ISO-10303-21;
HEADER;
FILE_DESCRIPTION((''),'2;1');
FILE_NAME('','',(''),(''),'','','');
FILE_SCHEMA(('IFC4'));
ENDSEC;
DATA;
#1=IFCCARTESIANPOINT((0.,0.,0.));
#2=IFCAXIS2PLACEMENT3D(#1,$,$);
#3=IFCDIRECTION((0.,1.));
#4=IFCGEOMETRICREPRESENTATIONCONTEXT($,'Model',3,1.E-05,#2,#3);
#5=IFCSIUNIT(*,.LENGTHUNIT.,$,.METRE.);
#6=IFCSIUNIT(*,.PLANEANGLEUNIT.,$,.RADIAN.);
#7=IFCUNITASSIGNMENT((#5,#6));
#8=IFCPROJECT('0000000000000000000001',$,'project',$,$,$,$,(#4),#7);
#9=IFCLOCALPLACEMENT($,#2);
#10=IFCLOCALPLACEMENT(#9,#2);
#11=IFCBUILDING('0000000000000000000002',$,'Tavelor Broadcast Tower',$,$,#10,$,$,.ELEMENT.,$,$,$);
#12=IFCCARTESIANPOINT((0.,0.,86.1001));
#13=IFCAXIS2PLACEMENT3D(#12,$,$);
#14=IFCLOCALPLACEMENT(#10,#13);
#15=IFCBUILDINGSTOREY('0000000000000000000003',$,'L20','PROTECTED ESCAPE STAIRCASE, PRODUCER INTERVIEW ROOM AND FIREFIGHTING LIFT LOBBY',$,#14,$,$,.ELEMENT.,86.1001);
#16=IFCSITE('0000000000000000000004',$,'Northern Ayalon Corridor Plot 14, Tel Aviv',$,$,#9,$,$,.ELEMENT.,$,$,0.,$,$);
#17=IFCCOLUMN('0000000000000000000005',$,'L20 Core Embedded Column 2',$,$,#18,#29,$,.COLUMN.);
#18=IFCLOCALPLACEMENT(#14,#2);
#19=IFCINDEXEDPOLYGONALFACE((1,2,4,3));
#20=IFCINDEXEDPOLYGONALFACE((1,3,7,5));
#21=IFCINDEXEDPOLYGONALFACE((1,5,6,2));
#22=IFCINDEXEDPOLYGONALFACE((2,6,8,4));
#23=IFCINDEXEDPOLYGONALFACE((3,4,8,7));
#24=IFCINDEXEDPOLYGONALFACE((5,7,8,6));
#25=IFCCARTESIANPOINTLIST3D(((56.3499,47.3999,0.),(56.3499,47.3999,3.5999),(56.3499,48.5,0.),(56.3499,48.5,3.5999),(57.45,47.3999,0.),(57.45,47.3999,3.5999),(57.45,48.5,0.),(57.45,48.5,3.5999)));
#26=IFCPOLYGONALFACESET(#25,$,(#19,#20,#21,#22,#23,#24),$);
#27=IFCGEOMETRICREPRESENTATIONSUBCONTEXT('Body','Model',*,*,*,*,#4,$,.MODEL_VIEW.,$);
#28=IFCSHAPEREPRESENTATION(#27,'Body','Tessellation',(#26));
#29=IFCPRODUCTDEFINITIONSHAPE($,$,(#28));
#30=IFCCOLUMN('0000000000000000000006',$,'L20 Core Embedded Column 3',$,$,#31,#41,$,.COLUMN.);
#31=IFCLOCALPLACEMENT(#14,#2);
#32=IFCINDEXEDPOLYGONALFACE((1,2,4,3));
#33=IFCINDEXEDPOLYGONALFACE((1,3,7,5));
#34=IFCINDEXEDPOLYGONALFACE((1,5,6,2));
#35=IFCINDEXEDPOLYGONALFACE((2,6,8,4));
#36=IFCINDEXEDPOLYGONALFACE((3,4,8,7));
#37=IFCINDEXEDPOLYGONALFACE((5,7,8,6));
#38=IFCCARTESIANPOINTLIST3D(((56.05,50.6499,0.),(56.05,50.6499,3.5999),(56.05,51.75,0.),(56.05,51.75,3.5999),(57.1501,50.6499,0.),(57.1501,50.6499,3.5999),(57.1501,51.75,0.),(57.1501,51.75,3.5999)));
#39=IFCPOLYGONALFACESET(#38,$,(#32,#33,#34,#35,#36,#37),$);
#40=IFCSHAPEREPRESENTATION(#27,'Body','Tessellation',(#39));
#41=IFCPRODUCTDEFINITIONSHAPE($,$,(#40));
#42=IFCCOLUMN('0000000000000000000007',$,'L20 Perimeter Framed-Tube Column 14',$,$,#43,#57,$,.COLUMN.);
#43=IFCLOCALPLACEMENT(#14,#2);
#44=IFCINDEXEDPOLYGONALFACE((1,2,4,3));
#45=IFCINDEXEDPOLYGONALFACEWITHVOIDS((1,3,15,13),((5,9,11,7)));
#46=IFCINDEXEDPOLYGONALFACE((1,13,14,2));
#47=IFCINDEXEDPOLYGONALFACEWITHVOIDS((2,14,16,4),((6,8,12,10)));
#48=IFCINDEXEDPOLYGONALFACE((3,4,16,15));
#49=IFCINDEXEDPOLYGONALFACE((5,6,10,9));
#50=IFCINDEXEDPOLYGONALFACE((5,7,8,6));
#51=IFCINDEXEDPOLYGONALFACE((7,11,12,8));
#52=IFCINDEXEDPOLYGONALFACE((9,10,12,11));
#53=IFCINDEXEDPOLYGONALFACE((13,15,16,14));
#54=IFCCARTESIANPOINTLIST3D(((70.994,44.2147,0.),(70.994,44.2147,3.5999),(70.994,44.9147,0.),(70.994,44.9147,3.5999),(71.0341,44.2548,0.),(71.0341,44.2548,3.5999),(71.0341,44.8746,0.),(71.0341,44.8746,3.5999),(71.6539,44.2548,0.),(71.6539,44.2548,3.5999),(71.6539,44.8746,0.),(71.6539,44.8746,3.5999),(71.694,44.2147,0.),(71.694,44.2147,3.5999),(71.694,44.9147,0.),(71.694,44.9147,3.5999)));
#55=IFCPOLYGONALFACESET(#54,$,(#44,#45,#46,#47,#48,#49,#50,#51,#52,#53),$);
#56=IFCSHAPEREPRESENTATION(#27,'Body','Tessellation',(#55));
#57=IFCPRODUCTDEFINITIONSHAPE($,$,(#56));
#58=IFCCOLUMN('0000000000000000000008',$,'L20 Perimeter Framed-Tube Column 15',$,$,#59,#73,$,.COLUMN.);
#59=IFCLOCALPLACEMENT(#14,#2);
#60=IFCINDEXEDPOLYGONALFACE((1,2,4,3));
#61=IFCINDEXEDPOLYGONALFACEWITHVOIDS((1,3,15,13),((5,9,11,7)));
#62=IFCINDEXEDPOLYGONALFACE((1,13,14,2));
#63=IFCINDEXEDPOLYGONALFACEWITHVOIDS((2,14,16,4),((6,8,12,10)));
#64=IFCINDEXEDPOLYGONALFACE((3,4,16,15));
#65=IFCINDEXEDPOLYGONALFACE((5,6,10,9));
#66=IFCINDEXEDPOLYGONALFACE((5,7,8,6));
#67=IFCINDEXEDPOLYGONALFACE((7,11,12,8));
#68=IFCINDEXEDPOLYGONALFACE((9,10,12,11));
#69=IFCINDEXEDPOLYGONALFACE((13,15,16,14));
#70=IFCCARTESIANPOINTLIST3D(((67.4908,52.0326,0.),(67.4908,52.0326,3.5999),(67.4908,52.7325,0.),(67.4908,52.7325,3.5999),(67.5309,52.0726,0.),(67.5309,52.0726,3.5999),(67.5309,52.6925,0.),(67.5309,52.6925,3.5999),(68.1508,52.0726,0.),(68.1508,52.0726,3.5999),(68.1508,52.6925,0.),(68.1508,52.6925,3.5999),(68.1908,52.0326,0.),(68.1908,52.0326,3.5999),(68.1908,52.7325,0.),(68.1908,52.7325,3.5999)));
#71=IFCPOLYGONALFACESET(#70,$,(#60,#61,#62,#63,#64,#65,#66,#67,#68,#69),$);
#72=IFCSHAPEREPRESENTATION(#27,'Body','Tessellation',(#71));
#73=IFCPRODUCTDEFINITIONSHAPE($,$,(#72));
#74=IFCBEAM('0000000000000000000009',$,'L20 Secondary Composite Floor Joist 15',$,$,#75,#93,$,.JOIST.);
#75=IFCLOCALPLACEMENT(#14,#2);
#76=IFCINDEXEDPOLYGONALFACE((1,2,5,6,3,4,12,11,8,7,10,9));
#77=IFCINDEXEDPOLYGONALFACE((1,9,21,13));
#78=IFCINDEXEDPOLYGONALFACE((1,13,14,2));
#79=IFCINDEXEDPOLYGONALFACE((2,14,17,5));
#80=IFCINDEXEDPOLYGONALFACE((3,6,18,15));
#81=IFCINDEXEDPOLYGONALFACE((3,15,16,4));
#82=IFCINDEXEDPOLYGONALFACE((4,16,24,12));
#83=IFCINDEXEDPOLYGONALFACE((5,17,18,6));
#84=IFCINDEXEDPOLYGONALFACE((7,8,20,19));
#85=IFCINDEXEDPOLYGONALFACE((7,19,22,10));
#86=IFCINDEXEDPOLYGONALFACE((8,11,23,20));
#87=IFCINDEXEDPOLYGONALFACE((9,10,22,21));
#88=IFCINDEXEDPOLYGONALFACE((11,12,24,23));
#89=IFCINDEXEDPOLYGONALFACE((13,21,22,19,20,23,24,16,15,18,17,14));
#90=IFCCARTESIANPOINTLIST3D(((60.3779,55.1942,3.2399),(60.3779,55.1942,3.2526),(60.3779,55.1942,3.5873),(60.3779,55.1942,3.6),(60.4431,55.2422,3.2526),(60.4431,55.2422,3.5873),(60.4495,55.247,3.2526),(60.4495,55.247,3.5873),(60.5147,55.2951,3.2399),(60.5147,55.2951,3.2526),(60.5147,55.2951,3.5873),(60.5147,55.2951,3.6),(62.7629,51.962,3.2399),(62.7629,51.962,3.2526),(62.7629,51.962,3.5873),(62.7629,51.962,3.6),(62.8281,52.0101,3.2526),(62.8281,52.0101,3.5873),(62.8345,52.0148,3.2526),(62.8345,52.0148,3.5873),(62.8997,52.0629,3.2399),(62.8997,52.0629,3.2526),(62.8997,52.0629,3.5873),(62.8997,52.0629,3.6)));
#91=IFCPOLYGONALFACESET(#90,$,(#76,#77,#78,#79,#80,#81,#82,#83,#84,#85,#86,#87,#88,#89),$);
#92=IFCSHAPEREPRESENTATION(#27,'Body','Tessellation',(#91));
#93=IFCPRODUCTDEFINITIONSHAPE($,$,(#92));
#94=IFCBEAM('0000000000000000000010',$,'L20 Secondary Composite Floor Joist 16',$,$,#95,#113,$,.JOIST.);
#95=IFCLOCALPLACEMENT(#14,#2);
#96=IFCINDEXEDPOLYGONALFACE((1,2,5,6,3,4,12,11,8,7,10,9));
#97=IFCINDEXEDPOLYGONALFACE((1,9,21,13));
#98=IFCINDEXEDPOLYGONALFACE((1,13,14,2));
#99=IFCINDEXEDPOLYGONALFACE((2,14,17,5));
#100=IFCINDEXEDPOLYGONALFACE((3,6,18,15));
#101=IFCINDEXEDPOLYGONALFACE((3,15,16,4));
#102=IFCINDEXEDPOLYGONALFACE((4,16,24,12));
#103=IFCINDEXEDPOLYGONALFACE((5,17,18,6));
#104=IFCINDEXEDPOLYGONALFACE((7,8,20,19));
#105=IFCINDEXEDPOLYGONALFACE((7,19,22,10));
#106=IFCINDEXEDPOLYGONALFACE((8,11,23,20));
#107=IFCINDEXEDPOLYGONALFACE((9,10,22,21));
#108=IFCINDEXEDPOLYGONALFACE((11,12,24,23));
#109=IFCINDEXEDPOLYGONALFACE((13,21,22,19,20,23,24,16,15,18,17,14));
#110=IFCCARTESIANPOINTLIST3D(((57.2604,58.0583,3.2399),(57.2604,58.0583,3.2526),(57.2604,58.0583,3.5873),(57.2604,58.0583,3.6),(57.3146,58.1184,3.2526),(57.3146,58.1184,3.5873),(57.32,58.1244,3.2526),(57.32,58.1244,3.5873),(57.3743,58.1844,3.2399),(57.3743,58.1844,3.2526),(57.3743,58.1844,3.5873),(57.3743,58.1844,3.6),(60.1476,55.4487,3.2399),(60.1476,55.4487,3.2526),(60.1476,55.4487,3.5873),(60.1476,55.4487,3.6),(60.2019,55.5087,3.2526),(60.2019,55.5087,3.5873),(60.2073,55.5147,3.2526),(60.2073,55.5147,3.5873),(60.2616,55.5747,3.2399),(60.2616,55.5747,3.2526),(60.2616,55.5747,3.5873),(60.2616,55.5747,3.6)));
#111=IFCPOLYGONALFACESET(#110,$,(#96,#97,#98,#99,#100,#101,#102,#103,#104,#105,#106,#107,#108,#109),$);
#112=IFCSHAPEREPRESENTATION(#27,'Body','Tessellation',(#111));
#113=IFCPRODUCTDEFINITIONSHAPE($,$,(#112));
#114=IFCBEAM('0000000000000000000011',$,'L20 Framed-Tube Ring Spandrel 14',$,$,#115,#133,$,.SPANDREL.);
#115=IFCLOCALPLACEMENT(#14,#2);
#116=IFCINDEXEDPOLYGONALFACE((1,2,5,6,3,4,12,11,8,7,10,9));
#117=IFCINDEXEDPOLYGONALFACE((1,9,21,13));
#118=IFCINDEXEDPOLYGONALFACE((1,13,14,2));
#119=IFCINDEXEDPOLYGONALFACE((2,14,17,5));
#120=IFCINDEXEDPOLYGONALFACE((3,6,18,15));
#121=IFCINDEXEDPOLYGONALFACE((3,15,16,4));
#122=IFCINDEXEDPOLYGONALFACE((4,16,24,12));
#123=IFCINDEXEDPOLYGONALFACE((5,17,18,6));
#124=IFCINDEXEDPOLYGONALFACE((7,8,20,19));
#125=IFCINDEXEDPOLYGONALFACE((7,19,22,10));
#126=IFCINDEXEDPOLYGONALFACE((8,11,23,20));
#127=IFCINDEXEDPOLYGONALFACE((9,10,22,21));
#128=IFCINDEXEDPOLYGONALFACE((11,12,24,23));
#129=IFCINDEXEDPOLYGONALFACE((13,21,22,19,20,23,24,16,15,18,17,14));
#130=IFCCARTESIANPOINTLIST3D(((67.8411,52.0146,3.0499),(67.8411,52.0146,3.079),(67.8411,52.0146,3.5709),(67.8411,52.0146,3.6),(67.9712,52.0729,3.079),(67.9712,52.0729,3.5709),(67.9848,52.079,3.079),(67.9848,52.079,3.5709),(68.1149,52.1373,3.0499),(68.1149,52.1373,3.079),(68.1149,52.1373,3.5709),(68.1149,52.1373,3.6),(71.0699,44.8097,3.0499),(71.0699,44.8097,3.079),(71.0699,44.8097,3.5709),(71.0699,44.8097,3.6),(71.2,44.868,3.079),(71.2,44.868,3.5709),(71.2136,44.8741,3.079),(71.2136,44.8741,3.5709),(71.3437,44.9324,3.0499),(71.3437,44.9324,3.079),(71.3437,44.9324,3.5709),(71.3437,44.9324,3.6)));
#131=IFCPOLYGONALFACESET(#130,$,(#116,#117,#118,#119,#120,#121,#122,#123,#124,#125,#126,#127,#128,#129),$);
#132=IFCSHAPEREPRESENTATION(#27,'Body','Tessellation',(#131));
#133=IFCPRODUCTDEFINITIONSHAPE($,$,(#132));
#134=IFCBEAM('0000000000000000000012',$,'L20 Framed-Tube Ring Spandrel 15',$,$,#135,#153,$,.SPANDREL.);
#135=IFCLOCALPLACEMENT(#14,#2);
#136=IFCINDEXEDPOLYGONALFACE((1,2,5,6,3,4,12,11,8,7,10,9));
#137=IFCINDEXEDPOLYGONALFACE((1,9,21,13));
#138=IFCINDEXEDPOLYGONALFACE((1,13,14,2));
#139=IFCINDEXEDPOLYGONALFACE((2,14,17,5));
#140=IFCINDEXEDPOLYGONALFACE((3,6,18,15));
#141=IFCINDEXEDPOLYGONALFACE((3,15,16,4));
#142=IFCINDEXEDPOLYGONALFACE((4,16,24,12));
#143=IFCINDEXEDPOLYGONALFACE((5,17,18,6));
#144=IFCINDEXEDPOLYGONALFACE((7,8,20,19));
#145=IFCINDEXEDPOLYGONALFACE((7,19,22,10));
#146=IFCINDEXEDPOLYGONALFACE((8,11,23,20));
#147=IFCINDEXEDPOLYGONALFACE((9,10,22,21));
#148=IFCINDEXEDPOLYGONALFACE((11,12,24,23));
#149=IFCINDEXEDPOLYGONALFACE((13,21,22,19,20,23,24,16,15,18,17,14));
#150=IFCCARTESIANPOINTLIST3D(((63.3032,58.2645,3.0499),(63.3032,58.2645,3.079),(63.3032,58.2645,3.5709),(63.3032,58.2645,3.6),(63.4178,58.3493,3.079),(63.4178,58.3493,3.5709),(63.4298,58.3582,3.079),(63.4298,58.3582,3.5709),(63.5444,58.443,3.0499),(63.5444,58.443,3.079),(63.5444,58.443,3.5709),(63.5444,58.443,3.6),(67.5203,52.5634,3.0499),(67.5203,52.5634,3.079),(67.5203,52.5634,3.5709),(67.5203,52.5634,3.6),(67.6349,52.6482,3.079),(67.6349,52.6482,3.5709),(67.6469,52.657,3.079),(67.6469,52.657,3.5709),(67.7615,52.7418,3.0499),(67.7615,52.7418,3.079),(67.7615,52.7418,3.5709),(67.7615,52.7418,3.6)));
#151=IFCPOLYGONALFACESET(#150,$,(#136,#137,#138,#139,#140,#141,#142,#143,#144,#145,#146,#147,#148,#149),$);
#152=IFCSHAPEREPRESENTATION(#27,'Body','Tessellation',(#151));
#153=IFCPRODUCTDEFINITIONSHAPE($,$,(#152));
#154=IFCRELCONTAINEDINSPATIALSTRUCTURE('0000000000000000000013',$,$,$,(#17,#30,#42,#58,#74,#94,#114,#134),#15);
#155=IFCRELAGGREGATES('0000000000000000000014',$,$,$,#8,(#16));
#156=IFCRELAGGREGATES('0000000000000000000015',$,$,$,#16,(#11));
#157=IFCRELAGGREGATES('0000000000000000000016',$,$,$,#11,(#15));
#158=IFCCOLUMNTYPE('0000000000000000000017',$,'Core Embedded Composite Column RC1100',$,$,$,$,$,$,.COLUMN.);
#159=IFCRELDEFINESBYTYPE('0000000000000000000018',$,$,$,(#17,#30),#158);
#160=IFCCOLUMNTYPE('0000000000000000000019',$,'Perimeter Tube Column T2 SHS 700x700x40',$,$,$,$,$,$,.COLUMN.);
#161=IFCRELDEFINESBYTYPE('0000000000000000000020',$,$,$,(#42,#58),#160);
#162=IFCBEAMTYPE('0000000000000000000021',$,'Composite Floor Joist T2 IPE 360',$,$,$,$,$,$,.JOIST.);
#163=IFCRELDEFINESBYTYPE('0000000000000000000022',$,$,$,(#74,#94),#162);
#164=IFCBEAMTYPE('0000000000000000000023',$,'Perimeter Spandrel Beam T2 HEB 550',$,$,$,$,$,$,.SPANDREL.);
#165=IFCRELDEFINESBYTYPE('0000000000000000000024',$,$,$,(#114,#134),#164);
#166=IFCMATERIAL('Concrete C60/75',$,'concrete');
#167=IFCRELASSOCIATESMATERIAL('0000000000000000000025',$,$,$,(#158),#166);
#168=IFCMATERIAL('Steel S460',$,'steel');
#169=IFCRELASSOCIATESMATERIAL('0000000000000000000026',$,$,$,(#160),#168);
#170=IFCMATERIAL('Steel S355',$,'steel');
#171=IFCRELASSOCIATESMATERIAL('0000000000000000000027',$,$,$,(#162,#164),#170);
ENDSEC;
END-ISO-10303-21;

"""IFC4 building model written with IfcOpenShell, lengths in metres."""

from ifc_helpers import new_model, si_unit, direction, frame, origin, origin_2d, place, context, subcontext, project, spatial, rectangle, hollow_rectangle, i_section, extrude, material, material_profile, profile_set, type_object, element, save


model = new_model("IFC4")

# Units and contexts
model_context = context("Model", 3, precision=1e-05, world=origin(), true_north=direction((0.0, 1.0)))
body_context = subcontext(model_context, "Body", "Model", "MODEL_VIEW")
ifc_project = project(units=[si_unit("LENGTHUNIT", "METRE"), si_unit("PLANEANGLEUNIT", "RADIAN")], contexts=[model_context])

# Site, building, storey
site_placement = place(None, origin())
site = spatial("IfcSite", under=ifc_project, at=site_placement, Name="Northern Ayalon Corridor Plot 14, Tel Aviv", CompositionType="ELEMENT", RefElevation=0.0)
building_placement = place(site_placement, origin())
building = spatial("IfcBuilding", under=site, at=building_placement, Name="Tavelor Broadcast Tower", CompositionType="ELEMENT")
storey_placement = place(building_placement, frame((0.0, 0.0, 86.1001)))
storey = spatial("IfcBuildingStorey", under=building, at=storey_placement, Name="L20", Description="PROTECTED ESCAPE STAIRCASE, PRODUCER INTERVIEW ROOM AND FIREFIGHTING LIFT LOBBY", CompositionType="ELEMENT", Elevation=86.1001)

# Columns
ifc_material_1 = material(Name="Concrete C60/75", Category="concrete")
ifc_material_profile_1 = material_profile(ifc_material_1, rectangle(XDim=1.1001, YDim=1.1001, at=origin_2d()), Name="RC 1100x1100")
ifc_profile_set_1 = profile_set([ifc_material_profile_1], Name="Concrete C60/75")
column_type_1 = type_object("IfcColumnType", Name="Core Embedded Composite Column RC1100", PredefinedType="COLUMN", material=ifc_profile_set_1)
for number, where, z_axis, x_axis, name in (
    (1, (56.8999, 47.95, 0.0), (0.0, 0.0, 1.0), (1.0, 0.0, 0.0), "L20 Core Embedded Column 2"),
    (2, (56.6001, 51.2, 0.0), (0.0, 0.0, 1.0), (1.0, 0.0, 0.0), "L20 Core Embedded Column 3"),
):
    element("IfcColumn", number, at=place(storey_placement, frame(where, z_axis=z_axis, x_axis=x_axis)), inside=storey, type_object=column_type_1, Name=name, PredefinedType="COLUMN", context=body_context, shape_type="SweptSolid", body=[
        extrude(rectangle(XDim=1.1001, YDim=1.1001, at=origin_2d()), origin(), (0.0, 0.0, 1.0), 3.5999),
    ])
ifc_material_2 = material(Name="Steel S460", Category="steel")
ifc_material_profile_2 = material_profile(ifc_material_2, hollow_rectangle(XDim=0.7, YDim=0.7, WallThickness=0.04, at=origin_2d()), Name="SHS 700x700x40")
ifc_profile_set_2 = profile_set([ifc_material_profile_2], Name="Steel S460")
column_type_2 = type_object("IfcColumnType", Name="Perimeter Tube Column T2 SHS 700x700x40", PredefinedType="COLUMN", material=ifc_profile_set_2)
for number, where, z_axis, x_axis, name in (
    (3, (71.344, 44.5647, 0.0), (0.0, 0.0, 1.0), (1.0, 0.0, 0.0), "L20 Perimeter Framed-Tube Column 14"),
    (4, (67.8408, 52.3826, 0.0), (0.0, 0.0, 1.0), (1.0, 0.0, 0.0), "L20 Perimeter Framed-Tube Column 15"),
):
    element("IfcColumn", number, at=place(storey_placement, frame(where, z_axis=z_axis, x_axis=x_axis)), inside=storey, type_object=column_type_2, Name=name, PredefinedType="COLUMN", context=body_context, shape_type="SweptSolid", body=[
        extrude(hollow_rectangle(XDim=0.7, YDim=0.7, WallThickness=0.04, at=origin_2d()), origin(), (0.0, 0.0, 1.0), 3.5999),
    ])

# Beams
ifc_material_3 = material(Name="Steel S355", Category="steel")
ifc_material_profile_3 = material_profile(ifc_material_3, i_section(OverallWidth=0.1699, OverallDepth=0.3601, WebThickness=0.0081, FlangeThickness=0.0127, at=origin_2d()), Name="IPE 360")
ifc_profile_set_3 = profile_set([ifc_material_profile_3], Name="Steel S355")
beam_type_1 = type_object("IfcBeamType", Name="Composite Floor Joist T2 IPE 360", PredefinedType="JOIST", material=ifc_profile_set_3)
beam_1_placement = place(storey_placement, frame((62.8313, 52.0125, 3.4199), z_axis=(-0.593748, 0.804651, 0.0), x_axis=(-0.804651, -0.593748, 0.0)))
element("IfcBeam", 5, at=beam_1_placement, inside=storey, type_object=beam_type_1, Name="L20 Secondary Composite Floor Joist 15", PredefinedType="JOIST", context=body_context, shape_type="SweptSolid", body=[
    extrude(i_section(OverallWidth=0.1699, OverallDepth=0.3601, WebThickness=0.0081, FlangeThickness=0.0127, at=origin_2d()), origin(), (0.0, 0.0, 1.0), 4.0168),
])
beam_2_placement = place(storey_placement, frame((60.2046, 55.5117, 3.4199), z_axis=(-0.74187, 0.670544, 0.0), x_axis=(-0.670544, -0.74187, 0.0)))
element("IfcBeam", 6, at=beam_2_placement, inside=storey, type_object=beam_type_1, Name="L20 Secondary Composite Floor Joist 16", PredefinedType="JOIST", context=body_context, shape_type="SweptSolid", body=[
    extrude(i_section(OverallWidth=0.1699, OverallDepth=0.3601, WebThickness=0.0081, FlangeThickness=0.0127, at=origin_2d()), origin(), (0.0, 0.0, 1.0), 3.8918),
])
ifc_material_profile_4 = material_profile(ifc_material_3, i_section(OverallWidth=0.3, OverallDepth=0.55, WebThickness=0.0149, FlangeThickness=0.0291, at=origin_2d()), Name="HEB 550")
ifc_profile_set_4 = profile_set([ifc_material_profile_4], Name="Steel S355")
beam_type_2 = type_object("IfcBeamType", Name="Perimeter Spandrel Beam T2 HEB 550", PredefinedType="SPANDREL", material=ifc_profile_set_4)
beam_3_placement = place(storey_placement, frame((71.2068, 44.8711, 3.325), z_axis=(-0.408951, 0.912556, 0.0), x_axis=(-0.912556, -0.408951, 0.0)))
element("IfcBeam", 7, at=beam_3_placement, inside=storey, type_object=beam_type_2, Name="L20 Framed-Tube Ring Spandrel 14", PredefinedType="SPANDREL", context=body_context, shape_type="SweptSolid", body=[
    extrude(i_section(OverallWidth=0.3, OverallDepth=0.55, WebThickness=0.0149, FlangeThickness=0.0291, at=origin_2d()), origin(), (0.0, 0.0, 1.0), 7.8953),
])
beam_4_placement = place(storey_placement, frame((67.6409, 52.6526, 3.325), z_axis=(-0.594677, 0.803965, 0.0), x_axis=(-0.803965, -0.594677, 0.0)))
element("IfcBeam", 8, at=beam_4_placement, inside=storey, type_object=beam_type_2, Name="L20 Framed-Tube Ring Spandrel 15", PredefinedType="SPANDREL", context=body_context, shape_type="SweptSolid", body=[
    extrude(i_section(OverallWidth=0.3, OverallDepth=0.55, WebThickness=0.0149, FlangeThickness=0.0291, at=origin_2d()), origin(), (0.0, 0.0, 1.0), 7.0913),
])

save(model, "model.ifc")
